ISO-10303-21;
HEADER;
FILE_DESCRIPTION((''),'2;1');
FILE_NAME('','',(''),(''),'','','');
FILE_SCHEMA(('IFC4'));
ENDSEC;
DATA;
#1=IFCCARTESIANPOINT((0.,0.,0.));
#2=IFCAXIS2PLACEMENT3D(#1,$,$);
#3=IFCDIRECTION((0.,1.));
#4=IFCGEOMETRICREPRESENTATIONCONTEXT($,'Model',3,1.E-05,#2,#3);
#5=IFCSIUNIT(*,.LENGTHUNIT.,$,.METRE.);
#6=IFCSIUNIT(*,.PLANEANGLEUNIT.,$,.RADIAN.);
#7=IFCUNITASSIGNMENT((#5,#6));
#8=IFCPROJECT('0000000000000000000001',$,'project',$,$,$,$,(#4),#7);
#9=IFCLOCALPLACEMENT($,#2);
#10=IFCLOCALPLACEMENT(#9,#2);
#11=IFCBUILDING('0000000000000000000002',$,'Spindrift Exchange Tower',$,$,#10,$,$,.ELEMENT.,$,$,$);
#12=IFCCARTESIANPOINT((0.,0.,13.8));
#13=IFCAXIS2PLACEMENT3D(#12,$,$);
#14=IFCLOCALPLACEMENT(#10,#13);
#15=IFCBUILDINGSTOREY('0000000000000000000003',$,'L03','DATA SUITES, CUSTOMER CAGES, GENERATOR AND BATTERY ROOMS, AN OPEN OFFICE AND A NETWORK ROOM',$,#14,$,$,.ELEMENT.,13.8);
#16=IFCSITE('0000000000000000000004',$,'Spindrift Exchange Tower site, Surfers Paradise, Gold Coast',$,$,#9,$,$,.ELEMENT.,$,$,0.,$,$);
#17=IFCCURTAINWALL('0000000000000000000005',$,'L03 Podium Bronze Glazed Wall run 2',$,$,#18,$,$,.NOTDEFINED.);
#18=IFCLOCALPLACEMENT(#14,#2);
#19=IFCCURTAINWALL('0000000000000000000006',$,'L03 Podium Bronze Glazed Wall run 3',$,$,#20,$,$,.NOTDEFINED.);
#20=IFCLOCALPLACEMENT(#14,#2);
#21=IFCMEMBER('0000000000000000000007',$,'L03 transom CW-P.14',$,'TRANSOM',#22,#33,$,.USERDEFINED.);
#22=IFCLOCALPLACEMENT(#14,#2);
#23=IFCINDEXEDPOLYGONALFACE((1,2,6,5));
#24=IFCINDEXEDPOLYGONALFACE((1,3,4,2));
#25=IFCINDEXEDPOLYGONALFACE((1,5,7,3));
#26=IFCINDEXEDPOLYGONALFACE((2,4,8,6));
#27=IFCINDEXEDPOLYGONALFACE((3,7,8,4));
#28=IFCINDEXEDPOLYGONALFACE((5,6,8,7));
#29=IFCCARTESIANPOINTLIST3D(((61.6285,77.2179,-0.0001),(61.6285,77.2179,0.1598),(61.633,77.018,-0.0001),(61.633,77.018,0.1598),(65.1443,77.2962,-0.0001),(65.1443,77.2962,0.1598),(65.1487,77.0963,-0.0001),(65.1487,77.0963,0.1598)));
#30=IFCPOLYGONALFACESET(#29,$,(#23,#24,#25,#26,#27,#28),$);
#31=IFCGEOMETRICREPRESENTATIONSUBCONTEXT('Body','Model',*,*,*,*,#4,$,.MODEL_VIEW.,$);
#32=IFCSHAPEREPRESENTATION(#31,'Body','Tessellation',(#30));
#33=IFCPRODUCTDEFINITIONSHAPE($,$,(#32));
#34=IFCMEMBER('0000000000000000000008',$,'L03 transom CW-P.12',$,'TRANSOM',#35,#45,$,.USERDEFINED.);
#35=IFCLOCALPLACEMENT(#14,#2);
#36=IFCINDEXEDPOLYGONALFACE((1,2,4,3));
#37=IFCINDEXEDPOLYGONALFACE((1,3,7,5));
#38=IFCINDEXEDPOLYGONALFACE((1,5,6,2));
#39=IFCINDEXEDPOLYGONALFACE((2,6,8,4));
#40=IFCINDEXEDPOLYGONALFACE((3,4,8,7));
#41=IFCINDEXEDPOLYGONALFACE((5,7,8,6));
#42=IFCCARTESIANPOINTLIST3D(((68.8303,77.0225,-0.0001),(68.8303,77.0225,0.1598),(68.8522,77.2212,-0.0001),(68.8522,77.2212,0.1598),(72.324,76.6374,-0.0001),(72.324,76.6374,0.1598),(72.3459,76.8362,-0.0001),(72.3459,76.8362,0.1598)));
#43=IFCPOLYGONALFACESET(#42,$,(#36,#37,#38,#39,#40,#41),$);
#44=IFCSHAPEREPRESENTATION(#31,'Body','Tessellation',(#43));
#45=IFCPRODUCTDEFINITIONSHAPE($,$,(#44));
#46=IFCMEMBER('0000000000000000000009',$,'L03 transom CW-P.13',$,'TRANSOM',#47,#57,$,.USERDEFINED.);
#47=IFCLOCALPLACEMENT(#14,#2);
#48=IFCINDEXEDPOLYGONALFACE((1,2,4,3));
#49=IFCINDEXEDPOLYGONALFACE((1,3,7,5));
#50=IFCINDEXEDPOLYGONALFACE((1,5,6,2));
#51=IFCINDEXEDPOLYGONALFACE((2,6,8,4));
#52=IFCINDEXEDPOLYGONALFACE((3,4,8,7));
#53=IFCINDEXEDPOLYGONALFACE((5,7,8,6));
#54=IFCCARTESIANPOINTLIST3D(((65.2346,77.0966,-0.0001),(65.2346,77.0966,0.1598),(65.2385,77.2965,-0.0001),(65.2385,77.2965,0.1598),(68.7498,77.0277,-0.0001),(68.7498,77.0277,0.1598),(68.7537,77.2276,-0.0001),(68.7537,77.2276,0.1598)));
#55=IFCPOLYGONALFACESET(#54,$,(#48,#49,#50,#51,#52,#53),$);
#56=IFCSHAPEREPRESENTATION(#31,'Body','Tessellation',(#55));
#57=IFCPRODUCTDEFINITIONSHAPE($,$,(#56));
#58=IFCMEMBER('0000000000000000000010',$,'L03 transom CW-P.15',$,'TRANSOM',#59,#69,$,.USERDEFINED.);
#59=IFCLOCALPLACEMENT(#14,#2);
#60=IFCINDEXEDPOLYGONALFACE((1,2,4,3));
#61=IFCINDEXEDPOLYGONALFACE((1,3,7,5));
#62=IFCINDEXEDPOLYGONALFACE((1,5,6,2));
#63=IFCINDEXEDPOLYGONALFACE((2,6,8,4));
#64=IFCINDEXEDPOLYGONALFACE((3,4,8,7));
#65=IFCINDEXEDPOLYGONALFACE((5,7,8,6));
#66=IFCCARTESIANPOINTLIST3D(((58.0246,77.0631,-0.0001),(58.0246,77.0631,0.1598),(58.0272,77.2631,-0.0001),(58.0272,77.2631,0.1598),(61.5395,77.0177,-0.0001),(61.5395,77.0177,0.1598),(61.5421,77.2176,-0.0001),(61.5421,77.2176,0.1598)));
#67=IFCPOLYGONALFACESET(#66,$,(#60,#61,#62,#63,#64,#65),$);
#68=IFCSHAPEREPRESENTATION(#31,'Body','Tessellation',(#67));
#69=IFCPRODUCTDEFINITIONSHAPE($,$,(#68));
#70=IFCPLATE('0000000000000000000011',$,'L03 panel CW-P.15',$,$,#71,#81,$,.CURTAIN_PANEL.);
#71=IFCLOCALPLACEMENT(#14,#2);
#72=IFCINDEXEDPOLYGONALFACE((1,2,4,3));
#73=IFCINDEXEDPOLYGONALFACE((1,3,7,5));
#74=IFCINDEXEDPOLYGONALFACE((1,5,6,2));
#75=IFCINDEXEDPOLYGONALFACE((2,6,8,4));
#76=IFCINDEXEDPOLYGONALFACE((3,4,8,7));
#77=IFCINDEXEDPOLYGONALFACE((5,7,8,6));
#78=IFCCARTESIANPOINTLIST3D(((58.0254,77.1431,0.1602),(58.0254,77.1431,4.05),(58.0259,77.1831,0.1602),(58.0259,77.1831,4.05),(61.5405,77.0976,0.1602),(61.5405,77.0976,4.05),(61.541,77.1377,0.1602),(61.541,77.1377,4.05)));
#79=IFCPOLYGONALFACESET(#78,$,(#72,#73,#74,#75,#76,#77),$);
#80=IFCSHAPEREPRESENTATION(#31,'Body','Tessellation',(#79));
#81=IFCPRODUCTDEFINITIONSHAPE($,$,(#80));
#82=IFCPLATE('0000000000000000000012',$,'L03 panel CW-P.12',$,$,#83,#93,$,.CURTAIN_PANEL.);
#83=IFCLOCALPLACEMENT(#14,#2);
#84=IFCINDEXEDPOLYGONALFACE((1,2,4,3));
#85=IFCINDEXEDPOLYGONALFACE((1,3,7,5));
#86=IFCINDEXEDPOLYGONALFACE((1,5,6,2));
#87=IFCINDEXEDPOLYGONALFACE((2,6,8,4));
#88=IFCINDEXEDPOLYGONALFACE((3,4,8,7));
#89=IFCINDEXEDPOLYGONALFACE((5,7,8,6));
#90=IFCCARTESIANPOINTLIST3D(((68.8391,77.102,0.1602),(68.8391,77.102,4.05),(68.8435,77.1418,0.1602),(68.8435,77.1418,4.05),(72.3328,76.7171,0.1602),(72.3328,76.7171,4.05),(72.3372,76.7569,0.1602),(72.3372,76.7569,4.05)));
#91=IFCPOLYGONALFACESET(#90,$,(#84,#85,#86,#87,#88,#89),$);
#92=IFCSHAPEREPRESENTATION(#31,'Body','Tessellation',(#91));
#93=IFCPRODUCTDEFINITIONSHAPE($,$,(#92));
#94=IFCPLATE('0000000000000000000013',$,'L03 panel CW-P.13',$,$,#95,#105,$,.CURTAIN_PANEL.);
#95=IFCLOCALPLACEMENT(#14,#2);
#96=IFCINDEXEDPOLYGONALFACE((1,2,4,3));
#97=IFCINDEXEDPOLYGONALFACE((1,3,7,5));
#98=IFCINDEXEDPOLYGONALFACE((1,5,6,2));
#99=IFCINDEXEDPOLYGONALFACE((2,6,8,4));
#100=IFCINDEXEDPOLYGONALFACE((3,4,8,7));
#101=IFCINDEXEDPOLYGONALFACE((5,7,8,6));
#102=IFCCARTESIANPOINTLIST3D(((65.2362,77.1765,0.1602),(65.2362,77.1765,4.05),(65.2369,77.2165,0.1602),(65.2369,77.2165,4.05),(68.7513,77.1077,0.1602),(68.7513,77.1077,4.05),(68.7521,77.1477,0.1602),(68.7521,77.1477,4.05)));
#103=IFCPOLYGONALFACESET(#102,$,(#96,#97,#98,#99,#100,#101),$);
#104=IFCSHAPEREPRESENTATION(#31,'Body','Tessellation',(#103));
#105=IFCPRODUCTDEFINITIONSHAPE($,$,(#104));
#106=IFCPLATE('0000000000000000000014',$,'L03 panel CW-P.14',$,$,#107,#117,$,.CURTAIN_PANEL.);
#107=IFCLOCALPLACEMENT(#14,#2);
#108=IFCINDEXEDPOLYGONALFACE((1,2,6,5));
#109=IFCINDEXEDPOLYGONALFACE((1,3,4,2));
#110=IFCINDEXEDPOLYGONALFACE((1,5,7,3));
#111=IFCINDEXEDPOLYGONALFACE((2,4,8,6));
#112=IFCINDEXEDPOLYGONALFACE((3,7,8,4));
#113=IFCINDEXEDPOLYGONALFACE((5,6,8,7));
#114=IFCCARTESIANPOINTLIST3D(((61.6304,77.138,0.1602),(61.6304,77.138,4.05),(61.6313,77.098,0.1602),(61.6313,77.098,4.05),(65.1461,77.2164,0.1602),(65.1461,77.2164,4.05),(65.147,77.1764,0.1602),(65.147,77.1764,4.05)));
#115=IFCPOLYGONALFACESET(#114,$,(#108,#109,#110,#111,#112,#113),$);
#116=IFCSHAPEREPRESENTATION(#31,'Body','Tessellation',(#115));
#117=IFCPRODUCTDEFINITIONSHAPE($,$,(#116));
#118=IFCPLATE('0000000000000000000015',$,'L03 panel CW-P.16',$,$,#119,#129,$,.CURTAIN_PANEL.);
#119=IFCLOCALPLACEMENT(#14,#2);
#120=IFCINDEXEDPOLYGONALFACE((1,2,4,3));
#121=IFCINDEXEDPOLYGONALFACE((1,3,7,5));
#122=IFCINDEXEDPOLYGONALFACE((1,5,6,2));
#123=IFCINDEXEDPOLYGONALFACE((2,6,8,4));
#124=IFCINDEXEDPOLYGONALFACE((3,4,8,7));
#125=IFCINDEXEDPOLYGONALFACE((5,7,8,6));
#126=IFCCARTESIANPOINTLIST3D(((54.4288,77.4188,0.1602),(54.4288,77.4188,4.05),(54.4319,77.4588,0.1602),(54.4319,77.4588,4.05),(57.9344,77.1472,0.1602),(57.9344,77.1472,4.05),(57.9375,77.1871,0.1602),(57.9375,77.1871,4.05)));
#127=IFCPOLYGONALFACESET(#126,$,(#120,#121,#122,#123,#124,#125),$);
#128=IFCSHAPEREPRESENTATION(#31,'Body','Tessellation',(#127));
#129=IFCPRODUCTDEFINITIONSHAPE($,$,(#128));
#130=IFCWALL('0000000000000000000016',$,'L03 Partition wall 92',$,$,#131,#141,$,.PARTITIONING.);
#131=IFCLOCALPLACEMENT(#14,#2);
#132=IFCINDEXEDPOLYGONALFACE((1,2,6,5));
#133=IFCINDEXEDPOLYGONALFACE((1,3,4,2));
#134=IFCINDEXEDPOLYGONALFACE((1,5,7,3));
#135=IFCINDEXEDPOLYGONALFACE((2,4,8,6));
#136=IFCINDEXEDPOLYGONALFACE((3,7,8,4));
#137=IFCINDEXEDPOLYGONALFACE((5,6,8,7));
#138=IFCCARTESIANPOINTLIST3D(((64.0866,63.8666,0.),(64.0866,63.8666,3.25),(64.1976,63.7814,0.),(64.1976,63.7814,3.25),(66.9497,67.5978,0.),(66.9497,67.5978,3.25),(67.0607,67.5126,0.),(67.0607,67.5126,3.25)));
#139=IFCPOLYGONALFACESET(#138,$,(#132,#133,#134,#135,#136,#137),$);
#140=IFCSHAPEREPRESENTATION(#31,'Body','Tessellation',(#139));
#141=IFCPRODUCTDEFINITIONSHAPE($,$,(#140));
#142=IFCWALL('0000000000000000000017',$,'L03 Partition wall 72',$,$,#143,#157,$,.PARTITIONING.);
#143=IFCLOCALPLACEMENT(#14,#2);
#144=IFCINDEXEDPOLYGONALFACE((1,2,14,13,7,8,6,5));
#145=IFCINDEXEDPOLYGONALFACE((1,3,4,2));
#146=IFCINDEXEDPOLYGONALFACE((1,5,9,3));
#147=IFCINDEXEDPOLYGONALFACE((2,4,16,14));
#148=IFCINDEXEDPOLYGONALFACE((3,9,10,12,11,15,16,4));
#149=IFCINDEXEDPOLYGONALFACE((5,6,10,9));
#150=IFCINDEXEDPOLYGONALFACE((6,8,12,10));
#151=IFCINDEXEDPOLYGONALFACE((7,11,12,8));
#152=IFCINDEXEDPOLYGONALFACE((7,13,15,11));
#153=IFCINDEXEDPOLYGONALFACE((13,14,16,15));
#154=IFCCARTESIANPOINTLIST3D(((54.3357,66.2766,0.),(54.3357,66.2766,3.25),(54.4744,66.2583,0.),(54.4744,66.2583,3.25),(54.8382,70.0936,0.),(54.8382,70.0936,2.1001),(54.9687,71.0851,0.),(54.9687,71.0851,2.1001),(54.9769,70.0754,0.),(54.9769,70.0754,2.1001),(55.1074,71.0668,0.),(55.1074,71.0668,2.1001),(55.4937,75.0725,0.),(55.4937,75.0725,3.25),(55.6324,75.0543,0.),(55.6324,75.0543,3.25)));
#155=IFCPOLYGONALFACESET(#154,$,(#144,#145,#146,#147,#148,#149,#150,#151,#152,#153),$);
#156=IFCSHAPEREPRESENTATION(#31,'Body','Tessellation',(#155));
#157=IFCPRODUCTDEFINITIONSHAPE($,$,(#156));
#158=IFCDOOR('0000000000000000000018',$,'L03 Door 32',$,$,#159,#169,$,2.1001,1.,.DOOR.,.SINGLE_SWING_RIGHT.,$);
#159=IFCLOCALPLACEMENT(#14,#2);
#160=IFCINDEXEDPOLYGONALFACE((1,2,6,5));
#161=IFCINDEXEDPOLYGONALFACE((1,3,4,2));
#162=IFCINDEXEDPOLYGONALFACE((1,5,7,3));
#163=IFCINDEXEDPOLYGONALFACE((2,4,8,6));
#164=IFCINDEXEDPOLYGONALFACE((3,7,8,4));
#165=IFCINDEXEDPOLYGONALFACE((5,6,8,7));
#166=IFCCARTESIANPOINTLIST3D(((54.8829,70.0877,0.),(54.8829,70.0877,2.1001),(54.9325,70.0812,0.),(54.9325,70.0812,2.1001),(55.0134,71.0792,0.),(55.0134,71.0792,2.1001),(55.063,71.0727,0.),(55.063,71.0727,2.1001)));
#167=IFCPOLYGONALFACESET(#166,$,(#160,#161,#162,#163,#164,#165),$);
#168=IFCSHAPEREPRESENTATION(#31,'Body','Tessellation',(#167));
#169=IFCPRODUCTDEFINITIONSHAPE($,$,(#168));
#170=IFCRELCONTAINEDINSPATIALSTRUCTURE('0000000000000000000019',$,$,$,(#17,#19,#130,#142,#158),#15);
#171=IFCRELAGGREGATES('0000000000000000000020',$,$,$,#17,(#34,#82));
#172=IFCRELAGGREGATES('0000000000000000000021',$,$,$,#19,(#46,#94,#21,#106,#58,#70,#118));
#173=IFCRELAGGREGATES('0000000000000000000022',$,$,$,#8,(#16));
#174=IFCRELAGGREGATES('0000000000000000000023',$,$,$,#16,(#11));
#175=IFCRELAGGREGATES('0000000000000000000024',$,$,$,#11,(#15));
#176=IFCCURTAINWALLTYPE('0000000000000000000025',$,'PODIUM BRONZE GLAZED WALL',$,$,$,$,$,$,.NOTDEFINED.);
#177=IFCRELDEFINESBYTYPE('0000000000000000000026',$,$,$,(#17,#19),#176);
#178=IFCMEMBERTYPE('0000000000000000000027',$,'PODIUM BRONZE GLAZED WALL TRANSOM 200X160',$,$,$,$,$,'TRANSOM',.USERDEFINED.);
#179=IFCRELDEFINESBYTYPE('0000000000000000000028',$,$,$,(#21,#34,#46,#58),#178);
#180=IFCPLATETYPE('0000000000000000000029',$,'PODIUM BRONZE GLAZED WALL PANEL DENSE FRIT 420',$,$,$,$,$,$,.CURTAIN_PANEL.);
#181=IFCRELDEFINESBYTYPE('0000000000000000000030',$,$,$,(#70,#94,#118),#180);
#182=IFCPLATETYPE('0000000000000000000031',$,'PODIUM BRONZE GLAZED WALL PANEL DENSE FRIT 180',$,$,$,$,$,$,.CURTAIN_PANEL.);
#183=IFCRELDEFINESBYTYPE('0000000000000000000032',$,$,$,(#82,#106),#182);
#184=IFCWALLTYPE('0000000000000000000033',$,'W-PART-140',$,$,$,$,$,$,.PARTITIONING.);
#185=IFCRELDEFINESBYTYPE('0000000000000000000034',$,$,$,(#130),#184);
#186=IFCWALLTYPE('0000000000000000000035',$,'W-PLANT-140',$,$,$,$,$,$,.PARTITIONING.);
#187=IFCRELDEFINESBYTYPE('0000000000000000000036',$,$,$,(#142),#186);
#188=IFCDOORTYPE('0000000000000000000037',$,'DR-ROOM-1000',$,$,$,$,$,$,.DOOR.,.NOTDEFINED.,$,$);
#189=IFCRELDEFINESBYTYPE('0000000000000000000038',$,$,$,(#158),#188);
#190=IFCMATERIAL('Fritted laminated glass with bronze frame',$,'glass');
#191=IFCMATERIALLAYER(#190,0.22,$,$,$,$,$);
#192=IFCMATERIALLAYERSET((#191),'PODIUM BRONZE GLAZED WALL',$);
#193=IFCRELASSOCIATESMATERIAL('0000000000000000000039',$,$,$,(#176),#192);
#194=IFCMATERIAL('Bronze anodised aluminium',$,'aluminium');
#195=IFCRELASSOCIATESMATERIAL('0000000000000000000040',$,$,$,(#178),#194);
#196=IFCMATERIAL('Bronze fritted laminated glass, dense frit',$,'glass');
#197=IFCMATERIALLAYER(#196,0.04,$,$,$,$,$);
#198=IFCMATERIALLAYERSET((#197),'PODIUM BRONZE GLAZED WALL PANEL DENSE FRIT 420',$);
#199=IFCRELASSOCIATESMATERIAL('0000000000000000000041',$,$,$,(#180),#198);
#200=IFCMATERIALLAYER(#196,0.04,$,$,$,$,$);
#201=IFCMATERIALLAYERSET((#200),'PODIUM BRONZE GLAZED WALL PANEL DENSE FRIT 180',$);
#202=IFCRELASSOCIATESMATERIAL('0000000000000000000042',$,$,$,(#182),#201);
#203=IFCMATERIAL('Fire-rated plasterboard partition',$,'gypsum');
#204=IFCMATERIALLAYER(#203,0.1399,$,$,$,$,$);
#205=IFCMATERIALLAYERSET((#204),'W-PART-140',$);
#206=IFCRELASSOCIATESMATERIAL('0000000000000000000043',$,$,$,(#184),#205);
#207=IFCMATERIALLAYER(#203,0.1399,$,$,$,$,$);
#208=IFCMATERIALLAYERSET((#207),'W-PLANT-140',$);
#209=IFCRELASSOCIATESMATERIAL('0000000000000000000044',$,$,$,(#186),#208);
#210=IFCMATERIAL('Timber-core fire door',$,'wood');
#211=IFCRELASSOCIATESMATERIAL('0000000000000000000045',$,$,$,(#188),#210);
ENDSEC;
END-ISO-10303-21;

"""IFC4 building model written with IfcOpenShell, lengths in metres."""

from ifc_helpers import new_model, si_unit, direction, frame, frame_2d, origin, origin_2d, place, context, subcontext, project, spatial, rectangle, extrude, source, transform, mapped, material, layer, layer_set, material_profile, profile_set, type_object, element, fill, aggregate, save


model = new_model("IFC4")

# Units and contexts
model_context = context("Model", 3, precision=1e-05, world=origin(), true_north=direction((0.0, 1.0)))
body_context = subcontext(model_context, "Body", "Model", "MODEL_VIEW")
ifc_project = project(units=[si_unit("LENGTHUNIT", "METRE"), si_unit("PLANEANGLEUNIT", "RADIAN")], contexts=[model_context])

# Site, building, storey
site_placement = place(None, origin())
site = spatial("IfcSite", under=ifc_project, at=site_placement, Name="Spindrift Exchange Tower site, Surfers Paradise, Gold Coast", CompositionType="ELEMENT", RefElevation=0.0)
building_placement = place(site_placement, origin())
building = spatial("IfcBuilding", under=site, at=building_placement, Name="Spindrift Exchange Tower", CompositionType="ELEMENT")
storey_placement = place(building_placement, frame((0.0, 0.0, 13.8)))
storey = spatial("IfcBuildingStorey", under=building, at=storey_placement, Name="L03", Description="DATA SUITES, CUSTOMER CAGES, GENERATOR AND BATTERY ROOMS, AN OPEN OFFICE AND A NETWORK ROOM", CompositionType="ELEMENT", Elevation=13.8)

# Curtain wall
ifc_material_1 = material(Name="Fritted laminated glass with bronze frame", Category="glass")
ifc_layer_1 = layer(ifc_material_1, 0.22)
ifc_layer_set_1 = layer_set([ifc_layer_1], Name="PODIUM BRONZE GLAZED WALL")
curtain_wall_type = type_object("IfcCurtainWallType", Name="PODIUM BRONZE GLAZED WALL", PredefinedType="NOTDEFINED", material=ifc_layer_set_1)
curtain_wall_1_placement = place(storey_placement, origin())
curtain_wall_1 = element("IfcCurtainWall", 1, at=curtain_wall_1_placement, inside=storey, type_object=curtain_wall_type, Name="L03 Podium Bronze Glazed Wall run 2", PredefinedType="NOTDEFINED")
ifc_material_2 = material(Name="Bronze anodised aluminium", Category="aluminium")

# Curtain wall, member
curtain_wall_2_placement = place(storey_placement, origin())
curtain_wall_2 = element("IfcCurtainWall", 2, at=curtain_wall_2_placement, inside=storey, type_object=curtain_wall_type, Name="L03 Podium Bronze Glazed Wall run 3", PredefinedType="NOTDEFINED")
ifc_material_profile_1 = material_profile(ifc_material_2, rectangle(XDim=0.2, YDim=0.1599, at=origin_2d()), Name="PODIUM BRONZE GLAZED WALL TRANSOM 200X160")
ifc_profile_set_1 = profile_set([ifc_material_profile_1], Name="Bronze anodised aluminium")
member_type_1 = type_object("IfcMemberType", Name="PODIUM BRONZE GLAZED WALL TRANSOM 200X160", ElementType="TRANSOM", PredefinedType="USERDEFINED", material=ifc_profile_set_1)
shared_shape_1 = source(origin(), body_context, "Body", "SweptSolid", [
    extrude(rectangle(XDim=0.2, YDim=0.1599, at=origin_2d()), origin(), (0.0, 0.0, 1.0), 3.5166),
])
member_1_placement = place(storey_placement, frame((65.1465, 77.1963, 0.0798), z_axis=(-0.999752, -0.022286, 0.0), x_axis=(0.022286, -0.999752, 0.0)))
member_1 = element("IfcMember", 3, at=member_1_placement, type_object=member_type_1, Name="L03 transom CW-P.14", ObjectType="TRANSOM", PredefinedType="USERDEFINED", context=body_context, shape_type="MappedRepresentation", body=[
    mapped(shared_shape_1, transform((0.0, 0.0, 0.0), scale=1.0)),
])

# Members
shared_shape_2 = source(origin(), body_context, "Body", "SweptSolid", [
    extrude(rectangle(XDim=0.2, YDim=0.1599, at=origin_2d()), origin(), (0.0, 0.0, 1.0), 3.5149),
])
member_2_placement = place(storey_placement, frame((72.335, 76.7368, 0.0798), z_axis=(-0.993982, 0.10954, 0.0), x_axis=(-0.10954, -0.993982, 0.0)))
member_2 = element("IfcMember", 4, at=member_2_placement, type_object=member_type_1, Name="L03 transom CW-P.12", ObjectType="TRANSOM", PredefinedType="USERDEFINED", context=body_context, shape_type="MappedRepresentation", body=[
    mapped(shared_shape_2, transform((0.0, 0.0, 0.0), scale=1.0)),
])
shared_shape_3 = source(origin(), body_context, "Body", "SweptSolid", [
    extrude(rectangle(XDim=0.2, YDim=0.1599, at=origin_2d()), origin(), (0.0, 0.0, 1.0), 3.5159),
])
member_3_placement = place(storey_placement, frame((68.7517, 77.1277, 0.0798), z_axis=(-0.999808, 0.019582, 0.0), x_axis=(-0.019582, -0.999808, 0.0)))
member_3 = element("IfcMember", 5, at=member_3_placement, type_object=member_type_1, Name="L03 transom CW-P.13", ObjectType="TRANSOM", PredefinedType="USERDEFINED", context=body_context, shape_type="MappedRepresentation", body=[
    mapped(shared_shape_3, transform((0.0, 0.0, 0.0), scale=1.0)),
])
shared_shape_4 = source(origin(), body_context, "Body", "SweptSolid", [
    extrude(rectangle(XDim=0.2, YDim=0.1599, at=origin_2d()), origin(), (0.0, 0.0, 1.0), 3.5151),
])
member_4_placement = place(storey_placement, frame((61.5408, 77.1177, 0.0798), z_axis=(-0.999917, 0.012918, 0.0), x_axis=(-0.012918, -0.999917, 0.0)))
member_4 = element("IfcMember", 6, at=member_4_placement, type_object=member_type_1, Name="L03 transom CW-P.15", ObjectType="TRANSOM", PredefinedType="USERDEFINED", context=body_context, shape_type="MappedRepresentation", body=[
    mapped(shared_shape_4, transform((0.0, 0.0, 0.0), scale=1.0)),
])

# Plates
ifc_material_3 = material(Name="Bronze fritted laminated glass, dense frit", Category="glass")
ifc_layer_2 = layer(ifc_material_3, 0.04)
ifc_layer_set_2 = layer_set([ifc_layer_2], Name="PODIUM BRONZE GLAZED WALL PANEL DENSE FRIT 420")
plate_type_1 = type_object("IfcPlateType", Name="PODIUM BRONZE GLAZED WALL PANEL DENSE FRIT 420", PredefinedType="CURTAIN_PANEL", material=ifc_layer_set_2)
shared_shape_5 = source(origin(), body_context, "Body", "SweptSolid", [
    extrude(rectangle(XDim=3.5154, YDim=0.04, at=origin_2d()), origin(), (0.0, 0.0, 1.0), 3.8899),
])
plate_1_placement = place(storey_placement, frame((59.7832, 77.1404, 0.1602), z_axis=(0.0, 0.0, 1.0), x_axis=(-0.999916, 0.012926, 0.0)))
plate_1 = element("IfcPlate", 7, at=plate_1_placement, type_object=plate_type_1, Name="L03 panel CW-P.15", PredefinedType="CURTAIN_PANEL", context=body_context, shape_type="MappedRepresentation", body=[
    mapped(shared_shape_5, transform((0.0, 0.0, 0.0), scale=1.0)),
])
ifc_layer_3 = layer(ifc_material_3, 0.04)
ifc_layer_set_3 = layer_set([ifc_layer_3], Name="PODIUM BRONZE GLAZED WALL PANEL DENSE FRIT 180")
plate_type_2 = type_object("IfcPlateType", Name="PODIUM BRONZE GLAZED WALL PANEL DENSE FRIT 180", PredefinedType="CURTAIN_PANEL", material=ifc_layer_set_3)
shared_shape_6 = source(origin(), body_context, "Body", "SweptSolid", [
    extrude(rectangle(XDim=3.5149, YDim=0.04, at=origin_2d()), origin(), (0.0, 0.0, 1.0), 3.8899),
])
plate_2_placement = place(storey_placement, frame((70.5881, 76.9294, 0.1602), z_axis=(0.0, 0.0, 1.0), x_axis=(-0.993984, 0.109521, 0.0)))
plate_2 = element("IfcPlate", 8, at=plate_2_placement, type_object=plate_type_2, Name="L03 panel CW-P.12", PredefinedType="CURTAIN_PANEL", context=body_context, shape_type="MappedRepresentation", body=[
    mapped(shared_shape_6, transform((0.0, 0.0, 0.0), scale=1.0)),
])
aggregate(curtain_wall_1, [member_2, plate_2])
shared_shape_7 = source(origin(), body_context, "Body", "SweptSolid", [
    extrude(rectangle(XDim=3.5159, YDim=0.04, at=origin_2d()), origin(), (0.0, 0.0, 1.0), 3.8899),
])
plate_3_placement = place(storey_placement, frame((66.9941, 77.1621, 0.1602), z_axis=(0.0, 0.0, 1.0), x_axis=(-0.999808, 0.01958, 0.0)))
plate_3 = element("IfcPlate", 9, at=plate_3_placement, type_object=plate_type_1, Name="L03 panel CW-P.13", PredefinedType="CURTAIN_PANEL", context=body_context, shape_type="MappedRepresentation", body=[
    mapped(shared_shape_7, transform((0.0, 0.0, 0.0), scale=1.0)),
])
shared_shape_8 = source(origin(), body_context, "Body", "SweptSolid", [
    extrude(rectangle(XDim=3.5166, YDim=0.04, at=origin_2d()), origin(), (0.0, 0.0, 1.0), 3.8899),
])
plate_4_placement = place(storey_placement, frame((63.3887, 77.1572, 0.1602), z_axis=(0.0, 0.0, 1.0), x_axis=(-0.999751, -0.022293, 0.0)))
plate_4 = element("IfcPlate", 10, at=plate_4_placement, type_object=plate_type_2, Name="L03 panel CW-P.14", PredefinedType="CURTAIN_PANEL", context=body_context, shape_type="MappedRepresentation", body=[
    mapped(shared_shape_8, transform((0.0, 0.0, 0.0), scale=1.0)),
])
shared_shape_9 = source(origin(), body_context, "Body", "SweptSolid", [
    extrude(rectangle(XDim=3.5161, YDim=0.04, at=origin_2d()), origin(), (0.0, 0.0, 1.0), 3.8899),
])
plate_5_placement = place(storey_placement, frame((56.1831, 77.303, 0.1602), z_axis=(0.0, 0.0, 1.0), x_axis=(-0.997011, 0.077258, 0.0)))
plate_5 = element("IfcPlate", 11, at=plate_5_placement, type_object=plate_type_1, Name="L03 panel CW-P.16", PredefinedType="CURTAIN_PANEL", context=body_context, shape_type="MappedRepresentation", body=[
    mapped(shared_shape_9, transform((0.0, 0.0, 0.0), scale=1.0)),
])
aggregate(curtain_wall_2, [member_3, plate_3, member_1, plate_4, member_4, plate_1, plate_5])

# Wall
ifc_material_4 = material(Name="Fire-rated plasterboard partition", Category="gypsum")
ifc_layer_4 = layer(ifc_material_4, 0.1399)
ifc_layer_set_4 = layer_set([ifc_layer_4], Name="W-PART-140")
wall_type_1 = type_object("IfcWallType", Name="W-PART-140", PredefinedType="PARTITIONING", material=ifc_layer_set_4)
wall_1_placement = place(storey_placement, frame((64.1421, 63.824, 0.0), z_axis=(0.0, 0.0, 1.0), x_axis=(0.60876, 0.793355, 0.0)))
element("IfcWall", 12, at=wall_1_placement, inside=storey, type_object=wall_type_1, Name="L03 Partition wall 92", PredefinedType="PARTITIONING", context=body_context, shape_type="SweptSolid", body=[
    extrude(rectangle(XDim=4.7031, YDim=0.1399, at=frame_2d((2.3516, 0.0))), origin(), (0.0, 0.0, 1.0), 3.25),
])

# Wall, opening, door
ifc_layer_5 = layer(ifc_material_4, 0.1399)
ifc_layer_set_5 = layer_set([ifc_layer_5], Name="W-PLANT-140")
wall_type_2 = type_object("IfcWallType", Name="W-PLANT-140", PredefinedType="PARTITIONING", material=ifc_layer_set_5)
wall_2_placement = place(storey_placement, frame((54.405, 66.2673, 0.0), z_axis=(0.0, 0.0, 1.0), x_axis=(0.130521, 0.991445, 0.0)))
wall_2 = element("IfcWall", 13, at=wall_2_placement, inside=storey, type_object=wall_type_2, Name="L03 Partition wall 72", PredefinedType="PARTITIONING", context=body_context, shape_type="SweptSolid", body=[
    extrude(rectangle(XDim=8.8718, YDim=0.1399, at=frame_2d((4.436, 0.0))), origin(), (0.0, 0.0, 1.0), 3.25),
])
opening_placement = place(wall_2_placement, frame((3.8501, 0.0, 0.0)))
opening = element("IfcOpeningElement", 14, at=opening_placement, cuts=wall_2, PredefinedType="OPENING", context=body_context, shape_type="SweptSolid", body=[
    extrude(rectangle(XDim=1.0, YDim=2.1001, at=frame_2d((0.5, 1.05))), frame((0.0, 0.0798, 0.0), z_axis=(0.0, -1.0, 0.0), x_axis=(1.0, 0.0, 0.0)), (0.0, 0.0, 1.0), 0.1599),
])
ifc_material_5 = material(Name="Timber-core fire door", Category="wood")
door_type = type_object("IfcDoorType", Name="DR-ROOM-1000", OperationType="NOTDEFINED", PredefinedType="DOOR", material=ifc_material_5)
shared_shape_10 = source(origin(), body_context, "Body", "SweptSolid", [
    extrude(rectangle(XDim=1.0, YDim=2.1001, at=frame_2d((0.5, 1.05))), frame((0.0, 0.0249, 0.0), z_axis=(0.0, -1.0, 0.0), x_axis=(1.0, 0.0, 0.0)), (0.0, 0.0, 1.0), 0.05),
])
door_placement = place(opening_placement, origin())
door = element("IfcDoor", 15, at=door_placement, inside=storey, type_object=door_type, Name="L03 Door 32", OperationType="SINGLE_SWING_RIGHT", OverallHeight=2.1001, OverallWidth=1.0, PredefinedType="DOOR", context=body_context, shape_type="MappedRepresentation", body=[
    mapped(shared_shape_10, transform((0.0, 0.0, 0.0), scale=1.0)),
])
fill(opening, door)

save(model, "model.ifc")
